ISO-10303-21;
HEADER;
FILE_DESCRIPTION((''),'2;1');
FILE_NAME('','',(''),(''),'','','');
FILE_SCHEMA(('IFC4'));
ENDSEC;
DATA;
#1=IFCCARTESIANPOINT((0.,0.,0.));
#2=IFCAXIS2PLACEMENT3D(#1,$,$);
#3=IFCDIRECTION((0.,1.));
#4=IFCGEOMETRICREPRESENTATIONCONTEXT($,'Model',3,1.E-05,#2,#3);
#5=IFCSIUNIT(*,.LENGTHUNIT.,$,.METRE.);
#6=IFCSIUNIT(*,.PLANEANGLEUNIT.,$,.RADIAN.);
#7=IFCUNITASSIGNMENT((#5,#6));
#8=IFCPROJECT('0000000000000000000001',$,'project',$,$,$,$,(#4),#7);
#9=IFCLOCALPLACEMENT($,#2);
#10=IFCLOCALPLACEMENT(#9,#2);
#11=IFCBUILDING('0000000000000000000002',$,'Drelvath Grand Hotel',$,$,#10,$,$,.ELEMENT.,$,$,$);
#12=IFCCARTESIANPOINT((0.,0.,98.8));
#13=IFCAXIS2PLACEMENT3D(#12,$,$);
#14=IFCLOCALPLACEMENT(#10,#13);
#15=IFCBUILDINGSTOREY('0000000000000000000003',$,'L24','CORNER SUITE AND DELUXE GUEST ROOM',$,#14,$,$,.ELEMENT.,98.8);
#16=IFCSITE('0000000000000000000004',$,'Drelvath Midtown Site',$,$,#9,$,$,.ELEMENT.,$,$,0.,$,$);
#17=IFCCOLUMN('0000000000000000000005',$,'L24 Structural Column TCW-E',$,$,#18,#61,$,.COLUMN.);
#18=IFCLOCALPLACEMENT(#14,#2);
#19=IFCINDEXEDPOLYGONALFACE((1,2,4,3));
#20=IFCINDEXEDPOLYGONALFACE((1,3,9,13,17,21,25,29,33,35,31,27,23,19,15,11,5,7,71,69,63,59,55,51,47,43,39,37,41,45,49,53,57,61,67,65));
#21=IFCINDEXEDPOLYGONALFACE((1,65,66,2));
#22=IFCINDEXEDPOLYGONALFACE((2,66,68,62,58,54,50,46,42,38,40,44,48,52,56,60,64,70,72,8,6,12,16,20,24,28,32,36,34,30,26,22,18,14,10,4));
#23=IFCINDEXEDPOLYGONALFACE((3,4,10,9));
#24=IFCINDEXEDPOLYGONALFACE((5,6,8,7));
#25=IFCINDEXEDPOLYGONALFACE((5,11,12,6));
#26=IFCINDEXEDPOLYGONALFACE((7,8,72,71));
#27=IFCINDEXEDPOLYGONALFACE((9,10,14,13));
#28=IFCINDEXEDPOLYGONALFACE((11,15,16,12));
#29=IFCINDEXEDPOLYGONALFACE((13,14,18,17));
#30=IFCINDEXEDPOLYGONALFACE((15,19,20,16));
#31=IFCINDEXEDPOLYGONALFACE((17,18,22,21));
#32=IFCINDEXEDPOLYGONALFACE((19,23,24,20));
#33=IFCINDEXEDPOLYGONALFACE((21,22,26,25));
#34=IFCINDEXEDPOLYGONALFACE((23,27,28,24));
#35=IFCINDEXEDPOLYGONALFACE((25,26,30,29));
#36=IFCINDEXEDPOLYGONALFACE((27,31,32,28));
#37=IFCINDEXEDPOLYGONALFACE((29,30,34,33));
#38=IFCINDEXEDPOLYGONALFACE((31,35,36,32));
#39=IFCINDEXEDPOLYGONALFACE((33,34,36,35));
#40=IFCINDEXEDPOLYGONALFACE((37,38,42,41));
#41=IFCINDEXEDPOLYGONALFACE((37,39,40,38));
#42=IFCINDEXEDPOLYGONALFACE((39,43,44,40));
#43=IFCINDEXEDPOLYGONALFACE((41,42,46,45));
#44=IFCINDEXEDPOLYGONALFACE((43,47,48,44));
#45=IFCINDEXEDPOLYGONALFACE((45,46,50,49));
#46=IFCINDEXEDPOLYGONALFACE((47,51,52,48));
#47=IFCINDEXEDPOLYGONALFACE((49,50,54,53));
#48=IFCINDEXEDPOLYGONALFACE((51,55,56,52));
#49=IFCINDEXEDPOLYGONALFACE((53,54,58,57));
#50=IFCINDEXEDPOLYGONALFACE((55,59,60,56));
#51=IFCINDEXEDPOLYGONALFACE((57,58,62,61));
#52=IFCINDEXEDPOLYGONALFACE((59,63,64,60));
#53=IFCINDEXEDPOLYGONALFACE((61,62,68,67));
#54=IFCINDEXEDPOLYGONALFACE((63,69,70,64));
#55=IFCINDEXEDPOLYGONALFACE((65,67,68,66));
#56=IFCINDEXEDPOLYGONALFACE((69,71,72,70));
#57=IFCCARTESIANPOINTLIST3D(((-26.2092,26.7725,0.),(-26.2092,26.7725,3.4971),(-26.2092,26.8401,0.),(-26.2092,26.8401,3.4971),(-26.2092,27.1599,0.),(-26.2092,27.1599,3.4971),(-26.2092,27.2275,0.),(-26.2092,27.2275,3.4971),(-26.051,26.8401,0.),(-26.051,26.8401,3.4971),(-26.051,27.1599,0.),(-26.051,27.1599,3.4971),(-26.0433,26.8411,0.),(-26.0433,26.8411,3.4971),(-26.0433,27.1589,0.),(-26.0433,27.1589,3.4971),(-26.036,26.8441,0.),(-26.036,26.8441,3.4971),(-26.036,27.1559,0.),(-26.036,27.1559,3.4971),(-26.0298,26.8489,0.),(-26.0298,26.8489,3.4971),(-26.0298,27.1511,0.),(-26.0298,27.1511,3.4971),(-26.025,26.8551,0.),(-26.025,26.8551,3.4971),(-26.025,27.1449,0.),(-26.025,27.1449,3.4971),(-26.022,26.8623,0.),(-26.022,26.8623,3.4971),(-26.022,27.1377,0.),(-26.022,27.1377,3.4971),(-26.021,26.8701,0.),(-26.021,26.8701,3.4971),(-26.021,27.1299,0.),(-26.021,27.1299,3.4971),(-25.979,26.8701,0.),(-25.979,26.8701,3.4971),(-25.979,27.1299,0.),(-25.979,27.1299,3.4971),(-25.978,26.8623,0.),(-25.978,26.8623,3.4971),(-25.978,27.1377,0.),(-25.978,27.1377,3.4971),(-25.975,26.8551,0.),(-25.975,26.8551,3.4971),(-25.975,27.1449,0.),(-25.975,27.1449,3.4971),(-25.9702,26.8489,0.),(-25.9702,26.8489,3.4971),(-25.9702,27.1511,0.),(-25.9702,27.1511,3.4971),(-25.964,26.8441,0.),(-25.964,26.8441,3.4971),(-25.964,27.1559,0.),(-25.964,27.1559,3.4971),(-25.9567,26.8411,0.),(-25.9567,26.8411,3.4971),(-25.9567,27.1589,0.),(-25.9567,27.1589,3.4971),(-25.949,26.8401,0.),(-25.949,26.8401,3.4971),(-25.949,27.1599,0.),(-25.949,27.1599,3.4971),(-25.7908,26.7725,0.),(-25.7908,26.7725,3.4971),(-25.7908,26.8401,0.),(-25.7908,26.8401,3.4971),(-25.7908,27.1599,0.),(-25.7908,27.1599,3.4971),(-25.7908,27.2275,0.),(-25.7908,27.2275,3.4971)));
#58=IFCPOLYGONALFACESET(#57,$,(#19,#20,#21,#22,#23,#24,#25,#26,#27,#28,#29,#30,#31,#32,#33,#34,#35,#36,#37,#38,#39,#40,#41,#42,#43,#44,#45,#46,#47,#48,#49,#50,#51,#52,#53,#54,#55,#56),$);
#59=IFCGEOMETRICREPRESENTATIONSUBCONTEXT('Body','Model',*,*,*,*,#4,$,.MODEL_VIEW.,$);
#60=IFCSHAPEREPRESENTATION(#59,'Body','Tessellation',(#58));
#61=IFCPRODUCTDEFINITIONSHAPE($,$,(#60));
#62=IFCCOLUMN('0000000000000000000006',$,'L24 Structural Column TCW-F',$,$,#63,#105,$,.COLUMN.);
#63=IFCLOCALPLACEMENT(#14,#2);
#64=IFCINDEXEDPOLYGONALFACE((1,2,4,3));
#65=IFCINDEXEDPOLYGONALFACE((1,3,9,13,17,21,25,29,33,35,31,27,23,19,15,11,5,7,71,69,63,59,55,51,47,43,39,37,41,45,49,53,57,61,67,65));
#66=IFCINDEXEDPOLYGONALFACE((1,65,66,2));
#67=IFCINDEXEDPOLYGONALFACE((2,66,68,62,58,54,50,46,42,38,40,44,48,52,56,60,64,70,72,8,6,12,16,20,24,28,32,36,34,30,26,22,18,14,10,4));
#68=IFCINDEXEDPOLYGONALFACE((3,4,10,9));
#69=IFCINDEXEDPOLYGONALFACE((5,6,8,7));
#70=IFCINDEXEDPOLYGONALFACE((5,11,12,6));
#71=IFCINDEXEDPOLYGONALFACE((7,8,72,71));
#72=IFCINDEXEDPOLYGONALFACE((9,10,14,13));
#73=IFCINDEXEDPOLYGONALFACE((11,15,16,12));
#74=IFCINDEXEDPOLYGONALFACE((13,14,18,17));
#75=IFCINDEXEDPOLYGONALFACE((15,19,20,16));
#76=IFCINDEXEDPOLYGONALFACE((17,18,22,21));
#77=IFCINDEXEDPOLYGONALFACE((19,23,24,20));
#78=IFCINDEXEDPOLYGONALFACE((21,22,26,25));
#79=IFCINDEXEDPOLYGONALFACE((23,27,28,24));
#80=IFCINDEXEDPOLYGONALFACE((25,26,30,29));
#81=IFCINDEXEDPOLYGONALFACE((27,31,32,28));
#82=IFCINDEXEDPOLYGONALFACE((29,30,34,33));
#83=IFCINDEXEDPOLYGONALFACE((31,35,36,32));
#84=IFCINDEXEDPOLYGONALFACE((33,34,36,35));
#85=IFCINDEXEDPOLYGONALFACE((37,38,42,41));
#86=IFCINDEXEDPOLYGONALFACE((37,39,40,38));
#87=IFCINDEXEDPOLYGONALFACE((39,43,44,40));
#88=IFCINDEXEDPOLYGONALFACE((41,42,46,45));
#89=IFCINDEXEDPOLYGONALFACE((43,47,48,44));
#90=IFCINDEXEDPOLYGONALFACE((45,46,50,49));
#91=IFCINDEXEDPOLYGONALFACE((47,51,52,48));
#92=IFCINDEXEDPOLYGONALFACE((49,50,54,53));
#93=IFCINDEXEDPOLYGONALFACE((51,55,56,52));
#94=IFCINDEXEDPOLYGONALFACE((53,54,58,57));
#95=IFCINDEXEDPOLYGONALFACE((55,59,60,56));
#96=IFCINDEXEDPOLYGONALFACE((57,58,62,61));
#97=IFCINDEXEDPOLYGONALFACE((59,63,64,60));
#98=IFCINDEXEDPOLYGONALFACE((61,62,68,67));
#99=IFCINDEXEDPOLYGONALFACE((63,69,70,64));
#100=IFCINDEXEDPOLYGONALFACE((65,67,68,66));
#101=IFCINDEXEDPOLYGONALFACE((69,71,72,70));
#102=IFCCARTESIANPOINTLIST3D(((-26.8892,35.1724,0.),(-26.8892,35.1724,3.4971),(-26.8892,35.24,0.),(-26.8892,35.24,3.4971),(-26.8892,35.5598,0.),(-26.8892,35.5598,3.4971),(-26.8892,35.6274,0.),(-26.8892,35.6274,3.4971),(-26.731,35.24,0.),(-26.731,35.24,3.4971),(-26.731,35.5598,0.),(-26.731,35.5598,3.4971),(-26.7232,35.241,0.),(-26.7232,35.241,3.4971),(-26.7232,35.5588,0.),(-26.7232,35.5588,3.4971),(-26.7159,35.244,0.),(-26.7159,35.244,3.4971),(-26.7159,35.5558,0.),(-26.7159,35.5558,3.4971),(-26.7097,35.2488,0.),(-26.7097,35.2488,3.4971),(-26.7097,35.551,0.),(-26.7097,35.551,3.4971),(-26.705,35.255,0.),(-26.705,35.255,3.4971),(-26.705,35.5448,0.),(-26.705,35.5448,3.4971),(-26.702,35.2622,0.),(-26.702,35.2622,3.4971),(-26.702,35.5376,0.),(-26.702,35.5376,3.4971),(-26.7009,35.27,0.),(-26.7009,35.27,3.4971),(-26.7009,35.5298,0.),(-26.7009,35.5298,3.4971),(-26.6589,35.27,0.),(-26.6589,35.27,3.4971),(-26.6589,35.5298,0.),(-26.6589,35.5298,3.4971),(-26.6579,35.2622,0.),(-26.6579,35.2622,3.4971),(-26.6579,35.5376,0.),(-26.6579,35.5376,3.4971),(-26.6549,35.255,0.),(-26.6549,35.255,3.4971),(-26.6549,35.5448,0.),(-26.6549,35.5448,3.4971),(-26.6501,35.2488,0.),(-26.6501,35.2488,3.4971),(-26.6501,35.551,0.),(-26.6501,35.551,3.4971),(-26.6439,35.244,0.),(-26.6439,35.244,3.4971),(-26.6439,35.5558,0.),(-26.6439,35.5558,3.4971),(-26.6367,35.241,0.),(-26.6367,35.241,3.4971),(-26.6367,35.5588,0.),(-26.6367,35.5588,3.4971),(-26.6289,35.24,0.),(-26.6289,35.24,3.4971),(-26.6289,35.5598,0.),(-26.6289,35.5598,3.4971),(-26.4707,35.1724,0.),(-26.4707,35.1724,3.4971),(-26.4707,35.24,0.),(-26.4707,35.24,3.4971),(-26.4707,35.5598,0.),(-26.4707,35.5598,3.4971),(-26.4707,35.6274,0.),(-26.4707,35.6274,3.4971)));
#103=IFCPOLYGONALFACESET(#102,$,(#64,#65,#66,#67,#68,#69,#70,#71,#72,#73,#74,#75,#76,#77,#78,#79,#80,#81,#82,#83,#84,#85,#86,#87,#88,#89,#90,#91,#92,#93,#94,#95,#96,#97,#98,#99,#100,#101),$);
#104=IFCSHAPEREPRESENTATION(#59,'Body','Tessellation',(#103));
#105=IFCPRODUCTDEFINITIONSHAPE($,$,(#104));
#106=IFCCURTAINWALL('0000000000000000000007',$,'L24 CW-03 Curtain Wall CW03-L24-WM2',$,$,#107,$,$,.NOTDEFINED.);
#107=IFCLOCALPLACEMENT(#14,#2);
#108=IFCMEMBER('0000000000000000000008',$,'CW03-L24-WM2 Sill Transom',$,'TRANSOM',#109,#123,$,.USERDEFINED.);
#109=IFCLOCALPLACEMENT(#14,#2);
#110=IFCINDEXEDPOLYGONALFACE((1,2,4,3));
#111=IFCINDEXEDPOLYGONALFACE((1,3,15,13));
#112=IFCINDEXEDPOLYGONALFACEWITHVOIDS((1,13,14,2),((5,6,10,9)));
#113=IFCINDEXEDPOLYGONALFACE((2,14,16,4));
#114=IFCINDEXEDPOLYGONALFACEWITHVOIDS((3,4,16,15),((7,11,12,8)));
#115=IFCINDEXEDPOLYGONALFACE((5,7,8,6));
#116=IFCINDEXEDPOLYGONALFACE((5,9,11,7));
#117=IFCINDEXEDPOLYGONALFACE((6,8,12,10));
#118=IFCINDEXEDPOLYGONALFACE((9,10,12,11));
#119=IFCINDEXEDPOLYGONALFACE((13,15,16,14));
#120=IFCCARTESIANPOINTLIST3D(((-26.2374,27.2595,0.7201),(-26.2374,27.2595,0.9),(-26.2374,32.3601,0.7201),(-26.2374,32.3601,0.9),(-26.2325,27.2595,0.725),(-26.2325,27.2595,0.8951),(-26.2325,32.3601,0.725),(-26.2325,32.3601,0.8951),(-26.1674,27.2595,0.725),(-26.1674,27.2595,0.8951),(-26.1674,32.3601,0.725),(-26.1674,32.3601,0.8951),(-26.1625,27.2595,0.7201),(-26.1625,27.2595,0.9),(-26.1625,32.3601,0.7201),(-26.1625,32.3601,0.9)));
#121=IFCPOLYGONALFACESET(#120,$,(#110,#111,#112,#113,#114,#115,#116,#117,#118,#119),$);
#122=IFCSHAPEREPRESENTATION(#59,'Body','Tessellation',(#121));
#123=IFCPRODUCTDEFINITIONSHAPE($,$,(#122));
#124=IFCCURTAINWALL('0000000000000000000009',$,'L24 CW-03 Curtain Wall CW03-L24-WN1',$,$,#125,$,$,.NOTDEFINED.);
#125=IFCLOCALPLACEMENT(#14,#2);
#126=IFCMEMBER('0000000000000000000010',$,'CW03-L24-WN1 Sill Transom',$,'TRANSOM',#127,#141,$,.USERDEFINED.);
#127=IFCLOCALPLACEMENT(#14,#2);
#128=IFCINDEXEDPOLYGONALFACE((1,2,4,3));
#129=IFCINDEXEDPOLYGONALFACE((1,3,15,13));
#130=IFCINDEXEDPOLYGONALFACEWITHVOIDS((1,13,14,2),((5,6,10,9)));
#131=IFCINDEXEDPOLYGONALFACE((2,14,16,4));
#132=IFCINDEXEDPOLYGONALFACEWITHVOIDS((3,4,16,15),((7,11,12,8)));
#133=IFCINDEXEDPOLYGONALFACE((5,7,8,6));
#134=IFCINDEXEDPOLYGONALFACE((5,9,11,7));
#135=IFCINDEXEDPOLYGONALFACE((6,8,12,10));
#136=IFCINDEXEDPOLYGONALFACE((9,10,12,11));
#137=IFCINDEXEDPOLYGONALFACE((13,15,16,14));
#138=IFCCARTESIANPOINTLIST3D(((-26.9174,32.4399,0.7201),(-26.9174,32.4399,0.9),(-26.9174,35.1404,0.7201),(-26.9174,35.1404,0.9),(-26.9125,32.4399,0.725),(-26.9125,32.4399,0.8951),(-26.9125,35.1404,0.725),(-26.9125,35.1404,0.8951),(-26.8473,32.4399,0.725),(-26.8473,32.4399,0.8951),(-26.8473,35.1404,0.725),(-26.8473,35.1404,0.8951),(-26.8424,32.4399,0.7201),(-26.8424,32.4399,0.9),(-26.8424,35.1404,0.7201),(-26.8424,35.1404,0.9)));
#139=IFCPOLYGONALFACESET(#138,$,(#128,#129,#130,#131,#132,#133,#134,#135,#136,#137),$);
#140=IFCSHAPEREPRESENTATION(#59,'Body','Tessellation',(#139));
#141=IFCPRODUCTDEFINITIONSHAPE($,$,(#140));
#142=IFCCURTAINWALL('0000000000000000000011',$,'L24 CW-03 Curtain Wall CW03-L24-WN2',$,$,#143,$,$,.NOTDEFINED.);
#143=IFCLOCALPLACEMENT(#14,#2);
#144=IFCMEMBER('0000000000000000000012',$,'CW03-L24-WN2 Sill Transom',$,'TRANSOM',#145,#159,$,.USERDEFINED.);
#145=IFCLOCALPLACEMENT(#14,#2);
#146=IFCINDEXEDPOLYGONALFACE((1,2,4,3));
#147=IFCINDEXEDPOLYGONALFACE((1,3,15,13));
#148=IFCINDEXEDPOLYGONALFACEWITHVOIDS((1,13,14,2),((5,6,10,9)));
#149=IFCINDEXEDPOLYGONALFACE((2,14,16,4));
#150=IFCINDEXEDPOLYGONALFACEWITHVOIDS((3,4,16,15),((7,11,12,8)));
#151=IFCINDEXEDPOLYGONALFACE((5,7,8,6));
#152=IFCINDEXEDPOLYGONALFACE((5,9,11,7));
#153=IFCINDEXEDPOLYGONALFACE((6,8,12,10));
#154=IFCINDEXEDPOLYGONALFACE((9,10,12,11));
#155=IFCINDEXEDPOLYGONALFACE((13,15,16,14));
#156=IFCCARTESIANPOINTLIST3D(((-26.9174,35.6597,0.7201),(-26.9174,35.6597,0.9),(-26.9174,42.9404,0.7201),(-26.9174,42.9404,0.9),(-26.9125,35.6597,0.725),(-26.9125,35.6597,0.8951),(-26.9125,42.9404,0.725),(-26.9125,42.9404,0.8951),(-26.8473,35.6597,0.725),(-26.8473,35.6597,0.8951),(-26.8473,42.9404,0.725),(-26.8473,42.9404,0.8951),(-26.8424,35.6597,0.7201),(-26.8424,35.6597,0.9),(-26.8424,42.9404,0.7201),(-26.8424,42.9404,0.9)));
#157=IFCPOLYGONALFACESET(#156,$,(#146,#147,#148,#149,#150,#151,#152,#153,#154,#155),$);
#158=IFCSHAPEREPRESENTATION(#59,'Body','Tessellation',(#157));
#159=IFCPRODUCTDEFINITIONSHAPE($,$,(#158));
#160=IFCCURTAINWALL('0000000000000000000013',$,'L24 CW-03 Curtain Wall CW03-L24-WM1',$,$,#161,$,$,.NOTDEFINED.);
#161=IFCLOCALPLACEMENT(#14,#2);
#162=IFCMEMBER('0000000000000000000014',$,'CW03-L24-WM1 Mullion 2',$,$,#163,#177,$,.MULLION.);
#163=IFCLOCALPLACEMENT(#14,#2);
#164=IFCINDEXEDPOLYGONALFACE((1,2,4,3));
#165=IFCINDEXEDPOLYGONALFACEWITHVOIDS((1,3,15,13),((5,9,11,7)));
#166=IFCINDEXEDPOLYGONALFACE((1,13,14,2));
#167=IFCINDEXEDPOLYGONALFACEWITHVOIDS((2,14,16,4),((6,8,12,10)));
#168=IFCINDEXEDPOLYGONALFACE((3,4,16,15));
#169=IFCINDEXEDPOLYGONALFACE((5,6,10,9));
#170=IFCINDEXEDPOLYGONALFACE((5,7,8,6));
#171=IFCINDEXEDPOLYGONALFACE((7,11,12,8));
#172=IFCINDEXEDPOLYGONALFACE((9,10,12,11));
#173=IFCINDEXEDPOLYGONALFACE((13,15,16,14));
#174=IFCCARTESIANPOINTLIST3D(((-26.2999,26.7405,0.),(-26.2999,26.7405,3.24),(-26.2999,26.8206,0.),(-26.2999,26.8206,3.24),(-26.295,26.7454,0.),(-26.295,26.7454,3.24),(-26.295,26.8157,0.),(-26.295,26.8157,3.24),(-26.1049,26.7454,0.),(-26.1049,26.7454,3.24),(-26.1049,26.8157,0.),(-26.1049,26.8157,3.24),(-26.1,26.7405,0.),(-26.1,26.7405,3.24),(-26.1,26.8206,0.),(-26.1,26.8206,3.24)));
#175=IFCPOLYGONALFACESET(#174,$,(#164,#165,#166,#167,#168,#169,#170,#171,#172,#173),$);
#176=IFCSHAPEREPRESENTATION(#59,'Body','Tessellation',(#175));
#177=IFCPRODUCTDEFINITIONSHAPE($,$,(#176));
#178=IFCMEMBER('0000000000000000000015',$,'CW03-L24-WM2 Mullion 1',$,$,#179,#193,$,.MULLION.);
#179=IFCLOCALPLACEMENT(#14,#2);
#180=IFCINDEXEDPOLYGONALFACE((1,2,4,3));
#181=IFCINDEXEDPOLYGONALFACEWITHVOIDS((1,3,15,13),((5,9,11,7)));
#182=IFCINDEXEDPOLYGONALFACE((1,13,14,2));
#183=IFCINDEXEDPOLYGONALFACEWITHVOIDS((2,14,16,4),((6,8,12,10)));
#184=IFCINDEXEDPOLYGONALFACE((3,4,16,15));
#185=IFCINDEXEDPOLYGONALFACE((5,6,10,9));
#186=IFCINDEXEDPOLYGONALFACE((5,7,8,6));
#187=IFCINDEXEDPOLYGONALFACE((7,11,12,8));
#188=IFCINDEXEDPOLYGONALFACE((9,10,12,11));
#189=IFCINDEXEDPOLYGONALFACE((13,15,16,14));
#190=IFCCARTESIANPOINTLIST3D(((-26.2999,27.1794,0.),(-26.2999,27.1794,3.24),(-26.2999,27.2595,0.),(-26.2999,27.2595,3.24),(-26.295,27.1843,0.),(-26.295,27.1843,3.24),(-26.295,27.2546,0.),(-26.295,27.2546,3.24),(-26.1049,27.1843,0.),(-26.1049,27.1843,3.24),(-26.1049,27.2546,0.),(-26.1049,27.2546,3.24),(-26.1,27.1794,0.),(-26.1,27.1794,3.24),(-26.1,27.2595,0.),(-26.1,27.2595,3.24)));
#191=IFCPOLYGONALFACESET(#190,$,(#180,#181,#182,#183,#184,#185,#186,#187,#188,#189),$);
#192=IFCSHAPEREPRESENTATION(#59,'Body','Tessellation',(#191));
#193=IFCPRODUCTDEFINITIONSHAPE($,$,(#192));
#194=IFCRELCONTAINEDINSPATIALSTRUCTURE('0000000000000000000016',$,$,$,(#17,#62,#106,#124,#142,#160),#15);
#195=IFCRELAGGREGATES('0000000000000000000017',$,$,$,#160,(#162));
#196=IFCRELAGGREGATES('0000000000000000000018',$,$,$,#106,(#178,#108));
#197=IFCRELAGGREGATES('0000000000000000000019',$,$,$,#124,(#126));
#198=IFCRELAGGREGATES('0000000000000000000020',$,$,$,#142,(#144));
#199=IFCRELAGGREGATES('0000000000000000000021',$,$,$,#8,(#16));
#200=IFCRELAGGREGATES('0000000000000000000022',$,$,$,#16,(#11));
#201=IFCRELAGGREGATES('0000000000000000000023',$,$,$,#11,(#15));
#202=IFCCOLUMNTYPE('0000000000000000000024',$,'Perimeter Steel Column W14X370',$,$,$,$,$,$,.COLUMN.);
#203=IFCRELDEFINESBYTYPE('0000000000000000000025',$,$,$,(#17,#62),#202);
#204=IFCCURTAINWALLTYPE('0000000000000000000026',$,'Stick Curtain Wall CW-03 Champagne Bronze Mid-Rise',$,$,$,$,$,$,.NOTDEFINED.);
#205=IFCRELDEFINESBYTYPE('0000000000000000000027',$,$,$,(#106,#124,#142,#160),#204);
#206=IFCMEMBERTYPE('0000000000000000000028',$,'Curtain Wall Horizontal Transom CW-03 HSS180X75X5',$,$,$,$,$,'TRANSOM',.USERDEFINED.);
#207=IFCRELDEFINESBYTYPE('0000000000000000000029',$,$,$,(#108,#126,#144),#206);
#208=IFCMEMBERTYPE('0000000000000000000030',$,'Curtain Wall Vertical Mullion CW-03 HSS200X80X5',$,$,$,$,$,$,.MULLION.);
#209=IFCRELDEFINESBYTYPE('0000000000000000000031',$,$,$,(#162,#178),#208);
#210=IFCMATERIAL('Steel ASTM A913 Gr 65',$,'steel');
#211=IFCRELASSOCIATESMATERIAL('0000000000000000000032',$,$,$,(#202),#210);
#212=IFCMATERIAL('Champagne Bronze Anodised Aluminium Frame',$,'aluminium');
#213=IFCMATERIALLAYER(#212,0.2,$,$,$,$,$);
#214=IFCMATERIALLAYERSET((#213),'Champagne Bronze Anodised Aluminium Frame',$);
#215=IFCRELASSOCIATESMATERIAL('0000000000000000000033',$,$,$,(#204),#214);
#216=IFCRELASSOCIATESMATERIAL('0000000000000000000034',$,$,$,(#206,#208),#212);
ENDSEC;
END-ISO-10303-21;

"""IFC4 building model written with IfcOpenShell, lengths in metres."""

from ifc_helpers import new_model, si_unit, direction, frame, origin, origin_2d, place, context, subcontext, project, spatial, hollow_rectangle, i_section, extrude, material, layer, layer_set, material_profile, profile_set, type_object, element, aggregate, save


model = new_model("IFC4")

# Units and contexts
model_context = context("Model", 3, precision=1e-05, world=origin(), true_north=direction((0.0, 1.0)))
body_context = subcontext(model_context, "Body", "Model", "MODEL_VIEW")
ifc_project = project(units=[si_unit("LENGTHUNIT", "METRE"), si_unit("PLANEANGLEUNIT", "RADIAN")], contexts=[model_context])

# Site, building, storey
site_placement = place(None, origin())
site = spatial("IfcSite", under=ifc_project, at=site_placement, Name="Drelvath Midtown Site", CompositionType="ELEMENT", RefElevation=0.0)
building_placement = place(site_placement, origin())
building = spatial("IfcBuilding", under=site, at=building_placement, Name="Drelvath Grand Hotel", CompositionType="ELEMENT")
storey_placement = place(building_placement, frame((0.0, 0.0, 98.8)))
storey = spatial("IfcBuildingStorey", under=building, at=storey_placement, Name="L24", Description="CORNER SUITE AND DELUXE GUEST ROOM", CompositionType="ELEMENT", Elevation=98.8)

# Columns
ifc_material_1 = material(Name="Steel ASTM A913 Gr 65", Category="steel")
ifc_material_profile_1 = material_profile(ifc_material_1, i_section(OverallWidth=0.4185, OverallDepth=0.4551, WebThickness=0.042, FlangeThickness=0.0676, FilletRadius=0.03, at=origin_2d()), Name="W14X370")
ifc_profile_set_1 = profile_set([ifc_material_profile_1], Name="Steel ASTM A913 Gr 65")
column_type = type_object("IfcColumnType", Name="Perimeter Steel Column W14X370", PredefinedType="COLUMN", material=ifc_profile_set_1)
for number, where, z_axis, x_axis, name in (
    (1, (-26.0, 27.0, 0.0), (0.0, 0.0, 1.0), (1.0, 0.0, 0.0), "L24 Structural Column TCW-E"),
    (2, (-26.6799, 35.3999, 0.0), (0.0, 0.0, 1.0), (1.0, 0.0, 0.0), "L24 Structural Column TCW-F"),
):
    element("IfcColumn", number, at=place(storey_placement, frame(where, z_axis=z_axis, x_axis=x_axis)), inside=storey, type_object=column_type, Name=name, PredefinedType="COLUMN", context=body_context, shape_type="SweptSolid", body=[
        extrude(i_section(OverallWidth=0.4185, OverallDepth=0.4551, WebThickness=0.042, FlangeThickness=0.0676, FilletRadius=0.03, at=origin_2d()), origin(), (0.0, 0.0, 1.0), 3.4971),
    ])

# Curtain walls, members
ifc_material_2 = material(Name="Champagne Bronze Anodised Aluminium Frame", Category="aluminium")
ifc_layer_1 = layer(ifc_material_2, 0.2)
ifc_layer_set_1 = layer_set([ifc_layer_1], Name="Champagne Bronze Anodised Aluminium Frame")
curtain_wall_type = type_object("IfcCurtainWallType", Name="Stick Curtain Wall CW-03 Champagne Bronze Mid-Rise", PredefinedType="NOTDEFINED", material=ifc_layer_set_1)
curtain_wall_1_placement = place(storey_placement, origin())
curtain_wall_1 = element("IfcCurtainWall", 3, at=curtain_wall_1_placement, inside=storey, type_object=curtain_wall_type, Name="L24 CW-03 Curtain Wall CW03-L24-WM2", PredefinedType="NOTDEFINED")
ifc_material_profile_2 = material_profile(ifc_material_2, hollow_rectangle(XDim=0.075, YDim=0.1799, WallThickness=0.0049, at=origin_2d()), Name="HSS180X75X5")
ifc_profile_set_2 = profile_set([ifc_material_profile_2], Name="Champagne Bronze Anodised Aluminium Frame")
member_type_1 = type_object("IfcMemberType", Name="Curtain Wall Horizontal Transom CW-03 HSS180X75X5", ElementType="TRANSOM", PredefinedType="USERDEFINED", material=ifc_profile_set_2)
member_1_placement = place(storey_placement, frame((-26.2, 27.2595, 0.8101), z_axis=(0.0, 1.0, 0.0), x_axis=(-1.0, 0.0, 0.0)))
member_1 = element("IfcMember", 4, at=member_1_placement, type_object=member_type_1, Name="CW03-L24-WM2 Sill Transom", ObjectType="TRANSOM", PredefinedType="USERDEFINED", context=body_context, shape_type="SweptSolid", body=[
    extrude(hollow_rectangle(XDim=0.075, YDim=0.1799, WallThickness=0.0049, at=origin_2d()), origin(), (0.0, 0.0, 1.0), 5.1006),
])
curtain_wall_2_placement = place(storey_placement, origin())
curtain_wall_2 = element("IfcCurtainWall", 5, at=curtain_wall_2_placement, inside=storey, type_object=curtain_wall_type, Name="L24 CW-03 Curtain Wall CW03-L24-WN1", PredefinedType="NOTDEFINED")
member_2_placement = place(storey_placement, frame((-26.8799, 32.4399, 0.8101), z_axis=(0.0, 1.0, 0.0), x_axis=(-1.0, 0.0, 0.0)))
member_2 = element("IfcMember", 6, at=member_2_placement, type_object=member_type_1, Name="CW03-L24-WN1 Sill Transom", ObjectType="TRANSOM", PredefinedType="USERDEFINED", context=body_context, shape_type="SweptSolid", body=[
    extrude(hollow_rectangle(XDim=0.075, YDim=0.1799, WallThickness=0.0049, at=origin_2d()), origin(), (0.0, 0.0, 1.0), 2.7004),
])
curtain_wall_3_placement = place(storey_placement, origin())
curtain_wall_3 = element("IfcCurtainWall", 7, at=curtain_wall_3_placement, inside=storey, type_object=curtain_wall_type, Name="L24 CW-03 Curtain Wall CW03-L24-WN2", PredefinedType="NOTDEFINED")
member_3_placement = place(storey_placement, frame((-26.8799, 35.6597, 0.8101), z_axis=(0.0, 1.0, 0.0), x_axis=(-1.0, 0.0, 0.0)))
member_3 = element("IfcMember", 8, at=member_3_placement, type_object=member_type_1, Name="CW03-L24-WN2 Sill Transom", ObjectType="TRANSOM", PredefinedType="USERDEFINED", context=body_context, shape_type="SweptSolid", body=[
    extrude(hollow_rectangle(XDim=0.075, YDim=0.1799, WallThickness=0.0049, at=origin_2d()), origin(), (0.0, 0.0, 1.0), 7.2808),
])
curtain_wall_4_placement = place(storey_placement, origin())
curtain_wall_4 = element("IfcCurtainWall", 9, at=curtain_wall_4_placement, inside=storey, type_object=curtain_wall_type, Name="L24 CW-03 Curtain Wall CW03-L24-WM1", PredefinedType="NOTDEFINED")
ifc_material_profile_3 = material_profile(ifc_material_2, hollow_rectangle(XDim=0.0801, YDim=0.2, WallThickness=0.0049, at=origin_2d()), Name="HSS200X80X5")
ifc_profile_set_3 = profile_set([ifc_material_profile_3], Name="Champagne Bronze Anodised Aluminium Frame")
member_type_2 = type_object("IfcMemberType", Name="Curtain Wall Vertical Mullion CW-03 HSS200X80X5", PredefinedType="MULLION", material=ifc_profile_set_3)
member_4_placement = place(storey_placement, frame((-26.2, 26.7805, 0.0), z_axis=(0.0, 0.0, 1.0), x_axis=(0.0, 1.0, 0.0)))
member_4 = element("IfcMember", 10, at=member_4_placement, type_object=member_type_2, Name="CW03-L24-WM1 Mullion 2", PredefinedType="MULLION", context=body_context, shape_type="SweptSolid", body=[
    extrude(hollow_rectangle(XDim=0.0801, YDim=0.2, WallThickness=0.0049, at=origin_2d()), origin(), (0.0, 0.0, 1.0), 3.24),
])
aggregate(curtain_wall_4, [member_4])

# Member
member_5_placement = place(storey_placement, frame((-26.2, 27.2195, 0.0), z_axis=(0.0, 0.0, 1.0), x_axis=(0.0, 1.0, 0.0)))
member_5 = element("IfcMember", 11, at=member_5_placement, type_object=member_type_2, Name="CW03-L24-WM2 Mullion 1", PredefinedType="MULLION", context=body_context, shape_type="SweptSolid", body=[
    extrude(hollow_rectangle(XDim=0.0801, YDim=0.2, WallThickness=0.0049, at=origin_2d()), origin(), (0.0, 0.0, 1.0), 3.24),
])

aggregate(curtain_wall_1, [member_5, member_1])
aggregate(curtain_wall_2, [member_2])
aggregate(curtain_wall_3, [member_3])

save(model, "model.ifc")
